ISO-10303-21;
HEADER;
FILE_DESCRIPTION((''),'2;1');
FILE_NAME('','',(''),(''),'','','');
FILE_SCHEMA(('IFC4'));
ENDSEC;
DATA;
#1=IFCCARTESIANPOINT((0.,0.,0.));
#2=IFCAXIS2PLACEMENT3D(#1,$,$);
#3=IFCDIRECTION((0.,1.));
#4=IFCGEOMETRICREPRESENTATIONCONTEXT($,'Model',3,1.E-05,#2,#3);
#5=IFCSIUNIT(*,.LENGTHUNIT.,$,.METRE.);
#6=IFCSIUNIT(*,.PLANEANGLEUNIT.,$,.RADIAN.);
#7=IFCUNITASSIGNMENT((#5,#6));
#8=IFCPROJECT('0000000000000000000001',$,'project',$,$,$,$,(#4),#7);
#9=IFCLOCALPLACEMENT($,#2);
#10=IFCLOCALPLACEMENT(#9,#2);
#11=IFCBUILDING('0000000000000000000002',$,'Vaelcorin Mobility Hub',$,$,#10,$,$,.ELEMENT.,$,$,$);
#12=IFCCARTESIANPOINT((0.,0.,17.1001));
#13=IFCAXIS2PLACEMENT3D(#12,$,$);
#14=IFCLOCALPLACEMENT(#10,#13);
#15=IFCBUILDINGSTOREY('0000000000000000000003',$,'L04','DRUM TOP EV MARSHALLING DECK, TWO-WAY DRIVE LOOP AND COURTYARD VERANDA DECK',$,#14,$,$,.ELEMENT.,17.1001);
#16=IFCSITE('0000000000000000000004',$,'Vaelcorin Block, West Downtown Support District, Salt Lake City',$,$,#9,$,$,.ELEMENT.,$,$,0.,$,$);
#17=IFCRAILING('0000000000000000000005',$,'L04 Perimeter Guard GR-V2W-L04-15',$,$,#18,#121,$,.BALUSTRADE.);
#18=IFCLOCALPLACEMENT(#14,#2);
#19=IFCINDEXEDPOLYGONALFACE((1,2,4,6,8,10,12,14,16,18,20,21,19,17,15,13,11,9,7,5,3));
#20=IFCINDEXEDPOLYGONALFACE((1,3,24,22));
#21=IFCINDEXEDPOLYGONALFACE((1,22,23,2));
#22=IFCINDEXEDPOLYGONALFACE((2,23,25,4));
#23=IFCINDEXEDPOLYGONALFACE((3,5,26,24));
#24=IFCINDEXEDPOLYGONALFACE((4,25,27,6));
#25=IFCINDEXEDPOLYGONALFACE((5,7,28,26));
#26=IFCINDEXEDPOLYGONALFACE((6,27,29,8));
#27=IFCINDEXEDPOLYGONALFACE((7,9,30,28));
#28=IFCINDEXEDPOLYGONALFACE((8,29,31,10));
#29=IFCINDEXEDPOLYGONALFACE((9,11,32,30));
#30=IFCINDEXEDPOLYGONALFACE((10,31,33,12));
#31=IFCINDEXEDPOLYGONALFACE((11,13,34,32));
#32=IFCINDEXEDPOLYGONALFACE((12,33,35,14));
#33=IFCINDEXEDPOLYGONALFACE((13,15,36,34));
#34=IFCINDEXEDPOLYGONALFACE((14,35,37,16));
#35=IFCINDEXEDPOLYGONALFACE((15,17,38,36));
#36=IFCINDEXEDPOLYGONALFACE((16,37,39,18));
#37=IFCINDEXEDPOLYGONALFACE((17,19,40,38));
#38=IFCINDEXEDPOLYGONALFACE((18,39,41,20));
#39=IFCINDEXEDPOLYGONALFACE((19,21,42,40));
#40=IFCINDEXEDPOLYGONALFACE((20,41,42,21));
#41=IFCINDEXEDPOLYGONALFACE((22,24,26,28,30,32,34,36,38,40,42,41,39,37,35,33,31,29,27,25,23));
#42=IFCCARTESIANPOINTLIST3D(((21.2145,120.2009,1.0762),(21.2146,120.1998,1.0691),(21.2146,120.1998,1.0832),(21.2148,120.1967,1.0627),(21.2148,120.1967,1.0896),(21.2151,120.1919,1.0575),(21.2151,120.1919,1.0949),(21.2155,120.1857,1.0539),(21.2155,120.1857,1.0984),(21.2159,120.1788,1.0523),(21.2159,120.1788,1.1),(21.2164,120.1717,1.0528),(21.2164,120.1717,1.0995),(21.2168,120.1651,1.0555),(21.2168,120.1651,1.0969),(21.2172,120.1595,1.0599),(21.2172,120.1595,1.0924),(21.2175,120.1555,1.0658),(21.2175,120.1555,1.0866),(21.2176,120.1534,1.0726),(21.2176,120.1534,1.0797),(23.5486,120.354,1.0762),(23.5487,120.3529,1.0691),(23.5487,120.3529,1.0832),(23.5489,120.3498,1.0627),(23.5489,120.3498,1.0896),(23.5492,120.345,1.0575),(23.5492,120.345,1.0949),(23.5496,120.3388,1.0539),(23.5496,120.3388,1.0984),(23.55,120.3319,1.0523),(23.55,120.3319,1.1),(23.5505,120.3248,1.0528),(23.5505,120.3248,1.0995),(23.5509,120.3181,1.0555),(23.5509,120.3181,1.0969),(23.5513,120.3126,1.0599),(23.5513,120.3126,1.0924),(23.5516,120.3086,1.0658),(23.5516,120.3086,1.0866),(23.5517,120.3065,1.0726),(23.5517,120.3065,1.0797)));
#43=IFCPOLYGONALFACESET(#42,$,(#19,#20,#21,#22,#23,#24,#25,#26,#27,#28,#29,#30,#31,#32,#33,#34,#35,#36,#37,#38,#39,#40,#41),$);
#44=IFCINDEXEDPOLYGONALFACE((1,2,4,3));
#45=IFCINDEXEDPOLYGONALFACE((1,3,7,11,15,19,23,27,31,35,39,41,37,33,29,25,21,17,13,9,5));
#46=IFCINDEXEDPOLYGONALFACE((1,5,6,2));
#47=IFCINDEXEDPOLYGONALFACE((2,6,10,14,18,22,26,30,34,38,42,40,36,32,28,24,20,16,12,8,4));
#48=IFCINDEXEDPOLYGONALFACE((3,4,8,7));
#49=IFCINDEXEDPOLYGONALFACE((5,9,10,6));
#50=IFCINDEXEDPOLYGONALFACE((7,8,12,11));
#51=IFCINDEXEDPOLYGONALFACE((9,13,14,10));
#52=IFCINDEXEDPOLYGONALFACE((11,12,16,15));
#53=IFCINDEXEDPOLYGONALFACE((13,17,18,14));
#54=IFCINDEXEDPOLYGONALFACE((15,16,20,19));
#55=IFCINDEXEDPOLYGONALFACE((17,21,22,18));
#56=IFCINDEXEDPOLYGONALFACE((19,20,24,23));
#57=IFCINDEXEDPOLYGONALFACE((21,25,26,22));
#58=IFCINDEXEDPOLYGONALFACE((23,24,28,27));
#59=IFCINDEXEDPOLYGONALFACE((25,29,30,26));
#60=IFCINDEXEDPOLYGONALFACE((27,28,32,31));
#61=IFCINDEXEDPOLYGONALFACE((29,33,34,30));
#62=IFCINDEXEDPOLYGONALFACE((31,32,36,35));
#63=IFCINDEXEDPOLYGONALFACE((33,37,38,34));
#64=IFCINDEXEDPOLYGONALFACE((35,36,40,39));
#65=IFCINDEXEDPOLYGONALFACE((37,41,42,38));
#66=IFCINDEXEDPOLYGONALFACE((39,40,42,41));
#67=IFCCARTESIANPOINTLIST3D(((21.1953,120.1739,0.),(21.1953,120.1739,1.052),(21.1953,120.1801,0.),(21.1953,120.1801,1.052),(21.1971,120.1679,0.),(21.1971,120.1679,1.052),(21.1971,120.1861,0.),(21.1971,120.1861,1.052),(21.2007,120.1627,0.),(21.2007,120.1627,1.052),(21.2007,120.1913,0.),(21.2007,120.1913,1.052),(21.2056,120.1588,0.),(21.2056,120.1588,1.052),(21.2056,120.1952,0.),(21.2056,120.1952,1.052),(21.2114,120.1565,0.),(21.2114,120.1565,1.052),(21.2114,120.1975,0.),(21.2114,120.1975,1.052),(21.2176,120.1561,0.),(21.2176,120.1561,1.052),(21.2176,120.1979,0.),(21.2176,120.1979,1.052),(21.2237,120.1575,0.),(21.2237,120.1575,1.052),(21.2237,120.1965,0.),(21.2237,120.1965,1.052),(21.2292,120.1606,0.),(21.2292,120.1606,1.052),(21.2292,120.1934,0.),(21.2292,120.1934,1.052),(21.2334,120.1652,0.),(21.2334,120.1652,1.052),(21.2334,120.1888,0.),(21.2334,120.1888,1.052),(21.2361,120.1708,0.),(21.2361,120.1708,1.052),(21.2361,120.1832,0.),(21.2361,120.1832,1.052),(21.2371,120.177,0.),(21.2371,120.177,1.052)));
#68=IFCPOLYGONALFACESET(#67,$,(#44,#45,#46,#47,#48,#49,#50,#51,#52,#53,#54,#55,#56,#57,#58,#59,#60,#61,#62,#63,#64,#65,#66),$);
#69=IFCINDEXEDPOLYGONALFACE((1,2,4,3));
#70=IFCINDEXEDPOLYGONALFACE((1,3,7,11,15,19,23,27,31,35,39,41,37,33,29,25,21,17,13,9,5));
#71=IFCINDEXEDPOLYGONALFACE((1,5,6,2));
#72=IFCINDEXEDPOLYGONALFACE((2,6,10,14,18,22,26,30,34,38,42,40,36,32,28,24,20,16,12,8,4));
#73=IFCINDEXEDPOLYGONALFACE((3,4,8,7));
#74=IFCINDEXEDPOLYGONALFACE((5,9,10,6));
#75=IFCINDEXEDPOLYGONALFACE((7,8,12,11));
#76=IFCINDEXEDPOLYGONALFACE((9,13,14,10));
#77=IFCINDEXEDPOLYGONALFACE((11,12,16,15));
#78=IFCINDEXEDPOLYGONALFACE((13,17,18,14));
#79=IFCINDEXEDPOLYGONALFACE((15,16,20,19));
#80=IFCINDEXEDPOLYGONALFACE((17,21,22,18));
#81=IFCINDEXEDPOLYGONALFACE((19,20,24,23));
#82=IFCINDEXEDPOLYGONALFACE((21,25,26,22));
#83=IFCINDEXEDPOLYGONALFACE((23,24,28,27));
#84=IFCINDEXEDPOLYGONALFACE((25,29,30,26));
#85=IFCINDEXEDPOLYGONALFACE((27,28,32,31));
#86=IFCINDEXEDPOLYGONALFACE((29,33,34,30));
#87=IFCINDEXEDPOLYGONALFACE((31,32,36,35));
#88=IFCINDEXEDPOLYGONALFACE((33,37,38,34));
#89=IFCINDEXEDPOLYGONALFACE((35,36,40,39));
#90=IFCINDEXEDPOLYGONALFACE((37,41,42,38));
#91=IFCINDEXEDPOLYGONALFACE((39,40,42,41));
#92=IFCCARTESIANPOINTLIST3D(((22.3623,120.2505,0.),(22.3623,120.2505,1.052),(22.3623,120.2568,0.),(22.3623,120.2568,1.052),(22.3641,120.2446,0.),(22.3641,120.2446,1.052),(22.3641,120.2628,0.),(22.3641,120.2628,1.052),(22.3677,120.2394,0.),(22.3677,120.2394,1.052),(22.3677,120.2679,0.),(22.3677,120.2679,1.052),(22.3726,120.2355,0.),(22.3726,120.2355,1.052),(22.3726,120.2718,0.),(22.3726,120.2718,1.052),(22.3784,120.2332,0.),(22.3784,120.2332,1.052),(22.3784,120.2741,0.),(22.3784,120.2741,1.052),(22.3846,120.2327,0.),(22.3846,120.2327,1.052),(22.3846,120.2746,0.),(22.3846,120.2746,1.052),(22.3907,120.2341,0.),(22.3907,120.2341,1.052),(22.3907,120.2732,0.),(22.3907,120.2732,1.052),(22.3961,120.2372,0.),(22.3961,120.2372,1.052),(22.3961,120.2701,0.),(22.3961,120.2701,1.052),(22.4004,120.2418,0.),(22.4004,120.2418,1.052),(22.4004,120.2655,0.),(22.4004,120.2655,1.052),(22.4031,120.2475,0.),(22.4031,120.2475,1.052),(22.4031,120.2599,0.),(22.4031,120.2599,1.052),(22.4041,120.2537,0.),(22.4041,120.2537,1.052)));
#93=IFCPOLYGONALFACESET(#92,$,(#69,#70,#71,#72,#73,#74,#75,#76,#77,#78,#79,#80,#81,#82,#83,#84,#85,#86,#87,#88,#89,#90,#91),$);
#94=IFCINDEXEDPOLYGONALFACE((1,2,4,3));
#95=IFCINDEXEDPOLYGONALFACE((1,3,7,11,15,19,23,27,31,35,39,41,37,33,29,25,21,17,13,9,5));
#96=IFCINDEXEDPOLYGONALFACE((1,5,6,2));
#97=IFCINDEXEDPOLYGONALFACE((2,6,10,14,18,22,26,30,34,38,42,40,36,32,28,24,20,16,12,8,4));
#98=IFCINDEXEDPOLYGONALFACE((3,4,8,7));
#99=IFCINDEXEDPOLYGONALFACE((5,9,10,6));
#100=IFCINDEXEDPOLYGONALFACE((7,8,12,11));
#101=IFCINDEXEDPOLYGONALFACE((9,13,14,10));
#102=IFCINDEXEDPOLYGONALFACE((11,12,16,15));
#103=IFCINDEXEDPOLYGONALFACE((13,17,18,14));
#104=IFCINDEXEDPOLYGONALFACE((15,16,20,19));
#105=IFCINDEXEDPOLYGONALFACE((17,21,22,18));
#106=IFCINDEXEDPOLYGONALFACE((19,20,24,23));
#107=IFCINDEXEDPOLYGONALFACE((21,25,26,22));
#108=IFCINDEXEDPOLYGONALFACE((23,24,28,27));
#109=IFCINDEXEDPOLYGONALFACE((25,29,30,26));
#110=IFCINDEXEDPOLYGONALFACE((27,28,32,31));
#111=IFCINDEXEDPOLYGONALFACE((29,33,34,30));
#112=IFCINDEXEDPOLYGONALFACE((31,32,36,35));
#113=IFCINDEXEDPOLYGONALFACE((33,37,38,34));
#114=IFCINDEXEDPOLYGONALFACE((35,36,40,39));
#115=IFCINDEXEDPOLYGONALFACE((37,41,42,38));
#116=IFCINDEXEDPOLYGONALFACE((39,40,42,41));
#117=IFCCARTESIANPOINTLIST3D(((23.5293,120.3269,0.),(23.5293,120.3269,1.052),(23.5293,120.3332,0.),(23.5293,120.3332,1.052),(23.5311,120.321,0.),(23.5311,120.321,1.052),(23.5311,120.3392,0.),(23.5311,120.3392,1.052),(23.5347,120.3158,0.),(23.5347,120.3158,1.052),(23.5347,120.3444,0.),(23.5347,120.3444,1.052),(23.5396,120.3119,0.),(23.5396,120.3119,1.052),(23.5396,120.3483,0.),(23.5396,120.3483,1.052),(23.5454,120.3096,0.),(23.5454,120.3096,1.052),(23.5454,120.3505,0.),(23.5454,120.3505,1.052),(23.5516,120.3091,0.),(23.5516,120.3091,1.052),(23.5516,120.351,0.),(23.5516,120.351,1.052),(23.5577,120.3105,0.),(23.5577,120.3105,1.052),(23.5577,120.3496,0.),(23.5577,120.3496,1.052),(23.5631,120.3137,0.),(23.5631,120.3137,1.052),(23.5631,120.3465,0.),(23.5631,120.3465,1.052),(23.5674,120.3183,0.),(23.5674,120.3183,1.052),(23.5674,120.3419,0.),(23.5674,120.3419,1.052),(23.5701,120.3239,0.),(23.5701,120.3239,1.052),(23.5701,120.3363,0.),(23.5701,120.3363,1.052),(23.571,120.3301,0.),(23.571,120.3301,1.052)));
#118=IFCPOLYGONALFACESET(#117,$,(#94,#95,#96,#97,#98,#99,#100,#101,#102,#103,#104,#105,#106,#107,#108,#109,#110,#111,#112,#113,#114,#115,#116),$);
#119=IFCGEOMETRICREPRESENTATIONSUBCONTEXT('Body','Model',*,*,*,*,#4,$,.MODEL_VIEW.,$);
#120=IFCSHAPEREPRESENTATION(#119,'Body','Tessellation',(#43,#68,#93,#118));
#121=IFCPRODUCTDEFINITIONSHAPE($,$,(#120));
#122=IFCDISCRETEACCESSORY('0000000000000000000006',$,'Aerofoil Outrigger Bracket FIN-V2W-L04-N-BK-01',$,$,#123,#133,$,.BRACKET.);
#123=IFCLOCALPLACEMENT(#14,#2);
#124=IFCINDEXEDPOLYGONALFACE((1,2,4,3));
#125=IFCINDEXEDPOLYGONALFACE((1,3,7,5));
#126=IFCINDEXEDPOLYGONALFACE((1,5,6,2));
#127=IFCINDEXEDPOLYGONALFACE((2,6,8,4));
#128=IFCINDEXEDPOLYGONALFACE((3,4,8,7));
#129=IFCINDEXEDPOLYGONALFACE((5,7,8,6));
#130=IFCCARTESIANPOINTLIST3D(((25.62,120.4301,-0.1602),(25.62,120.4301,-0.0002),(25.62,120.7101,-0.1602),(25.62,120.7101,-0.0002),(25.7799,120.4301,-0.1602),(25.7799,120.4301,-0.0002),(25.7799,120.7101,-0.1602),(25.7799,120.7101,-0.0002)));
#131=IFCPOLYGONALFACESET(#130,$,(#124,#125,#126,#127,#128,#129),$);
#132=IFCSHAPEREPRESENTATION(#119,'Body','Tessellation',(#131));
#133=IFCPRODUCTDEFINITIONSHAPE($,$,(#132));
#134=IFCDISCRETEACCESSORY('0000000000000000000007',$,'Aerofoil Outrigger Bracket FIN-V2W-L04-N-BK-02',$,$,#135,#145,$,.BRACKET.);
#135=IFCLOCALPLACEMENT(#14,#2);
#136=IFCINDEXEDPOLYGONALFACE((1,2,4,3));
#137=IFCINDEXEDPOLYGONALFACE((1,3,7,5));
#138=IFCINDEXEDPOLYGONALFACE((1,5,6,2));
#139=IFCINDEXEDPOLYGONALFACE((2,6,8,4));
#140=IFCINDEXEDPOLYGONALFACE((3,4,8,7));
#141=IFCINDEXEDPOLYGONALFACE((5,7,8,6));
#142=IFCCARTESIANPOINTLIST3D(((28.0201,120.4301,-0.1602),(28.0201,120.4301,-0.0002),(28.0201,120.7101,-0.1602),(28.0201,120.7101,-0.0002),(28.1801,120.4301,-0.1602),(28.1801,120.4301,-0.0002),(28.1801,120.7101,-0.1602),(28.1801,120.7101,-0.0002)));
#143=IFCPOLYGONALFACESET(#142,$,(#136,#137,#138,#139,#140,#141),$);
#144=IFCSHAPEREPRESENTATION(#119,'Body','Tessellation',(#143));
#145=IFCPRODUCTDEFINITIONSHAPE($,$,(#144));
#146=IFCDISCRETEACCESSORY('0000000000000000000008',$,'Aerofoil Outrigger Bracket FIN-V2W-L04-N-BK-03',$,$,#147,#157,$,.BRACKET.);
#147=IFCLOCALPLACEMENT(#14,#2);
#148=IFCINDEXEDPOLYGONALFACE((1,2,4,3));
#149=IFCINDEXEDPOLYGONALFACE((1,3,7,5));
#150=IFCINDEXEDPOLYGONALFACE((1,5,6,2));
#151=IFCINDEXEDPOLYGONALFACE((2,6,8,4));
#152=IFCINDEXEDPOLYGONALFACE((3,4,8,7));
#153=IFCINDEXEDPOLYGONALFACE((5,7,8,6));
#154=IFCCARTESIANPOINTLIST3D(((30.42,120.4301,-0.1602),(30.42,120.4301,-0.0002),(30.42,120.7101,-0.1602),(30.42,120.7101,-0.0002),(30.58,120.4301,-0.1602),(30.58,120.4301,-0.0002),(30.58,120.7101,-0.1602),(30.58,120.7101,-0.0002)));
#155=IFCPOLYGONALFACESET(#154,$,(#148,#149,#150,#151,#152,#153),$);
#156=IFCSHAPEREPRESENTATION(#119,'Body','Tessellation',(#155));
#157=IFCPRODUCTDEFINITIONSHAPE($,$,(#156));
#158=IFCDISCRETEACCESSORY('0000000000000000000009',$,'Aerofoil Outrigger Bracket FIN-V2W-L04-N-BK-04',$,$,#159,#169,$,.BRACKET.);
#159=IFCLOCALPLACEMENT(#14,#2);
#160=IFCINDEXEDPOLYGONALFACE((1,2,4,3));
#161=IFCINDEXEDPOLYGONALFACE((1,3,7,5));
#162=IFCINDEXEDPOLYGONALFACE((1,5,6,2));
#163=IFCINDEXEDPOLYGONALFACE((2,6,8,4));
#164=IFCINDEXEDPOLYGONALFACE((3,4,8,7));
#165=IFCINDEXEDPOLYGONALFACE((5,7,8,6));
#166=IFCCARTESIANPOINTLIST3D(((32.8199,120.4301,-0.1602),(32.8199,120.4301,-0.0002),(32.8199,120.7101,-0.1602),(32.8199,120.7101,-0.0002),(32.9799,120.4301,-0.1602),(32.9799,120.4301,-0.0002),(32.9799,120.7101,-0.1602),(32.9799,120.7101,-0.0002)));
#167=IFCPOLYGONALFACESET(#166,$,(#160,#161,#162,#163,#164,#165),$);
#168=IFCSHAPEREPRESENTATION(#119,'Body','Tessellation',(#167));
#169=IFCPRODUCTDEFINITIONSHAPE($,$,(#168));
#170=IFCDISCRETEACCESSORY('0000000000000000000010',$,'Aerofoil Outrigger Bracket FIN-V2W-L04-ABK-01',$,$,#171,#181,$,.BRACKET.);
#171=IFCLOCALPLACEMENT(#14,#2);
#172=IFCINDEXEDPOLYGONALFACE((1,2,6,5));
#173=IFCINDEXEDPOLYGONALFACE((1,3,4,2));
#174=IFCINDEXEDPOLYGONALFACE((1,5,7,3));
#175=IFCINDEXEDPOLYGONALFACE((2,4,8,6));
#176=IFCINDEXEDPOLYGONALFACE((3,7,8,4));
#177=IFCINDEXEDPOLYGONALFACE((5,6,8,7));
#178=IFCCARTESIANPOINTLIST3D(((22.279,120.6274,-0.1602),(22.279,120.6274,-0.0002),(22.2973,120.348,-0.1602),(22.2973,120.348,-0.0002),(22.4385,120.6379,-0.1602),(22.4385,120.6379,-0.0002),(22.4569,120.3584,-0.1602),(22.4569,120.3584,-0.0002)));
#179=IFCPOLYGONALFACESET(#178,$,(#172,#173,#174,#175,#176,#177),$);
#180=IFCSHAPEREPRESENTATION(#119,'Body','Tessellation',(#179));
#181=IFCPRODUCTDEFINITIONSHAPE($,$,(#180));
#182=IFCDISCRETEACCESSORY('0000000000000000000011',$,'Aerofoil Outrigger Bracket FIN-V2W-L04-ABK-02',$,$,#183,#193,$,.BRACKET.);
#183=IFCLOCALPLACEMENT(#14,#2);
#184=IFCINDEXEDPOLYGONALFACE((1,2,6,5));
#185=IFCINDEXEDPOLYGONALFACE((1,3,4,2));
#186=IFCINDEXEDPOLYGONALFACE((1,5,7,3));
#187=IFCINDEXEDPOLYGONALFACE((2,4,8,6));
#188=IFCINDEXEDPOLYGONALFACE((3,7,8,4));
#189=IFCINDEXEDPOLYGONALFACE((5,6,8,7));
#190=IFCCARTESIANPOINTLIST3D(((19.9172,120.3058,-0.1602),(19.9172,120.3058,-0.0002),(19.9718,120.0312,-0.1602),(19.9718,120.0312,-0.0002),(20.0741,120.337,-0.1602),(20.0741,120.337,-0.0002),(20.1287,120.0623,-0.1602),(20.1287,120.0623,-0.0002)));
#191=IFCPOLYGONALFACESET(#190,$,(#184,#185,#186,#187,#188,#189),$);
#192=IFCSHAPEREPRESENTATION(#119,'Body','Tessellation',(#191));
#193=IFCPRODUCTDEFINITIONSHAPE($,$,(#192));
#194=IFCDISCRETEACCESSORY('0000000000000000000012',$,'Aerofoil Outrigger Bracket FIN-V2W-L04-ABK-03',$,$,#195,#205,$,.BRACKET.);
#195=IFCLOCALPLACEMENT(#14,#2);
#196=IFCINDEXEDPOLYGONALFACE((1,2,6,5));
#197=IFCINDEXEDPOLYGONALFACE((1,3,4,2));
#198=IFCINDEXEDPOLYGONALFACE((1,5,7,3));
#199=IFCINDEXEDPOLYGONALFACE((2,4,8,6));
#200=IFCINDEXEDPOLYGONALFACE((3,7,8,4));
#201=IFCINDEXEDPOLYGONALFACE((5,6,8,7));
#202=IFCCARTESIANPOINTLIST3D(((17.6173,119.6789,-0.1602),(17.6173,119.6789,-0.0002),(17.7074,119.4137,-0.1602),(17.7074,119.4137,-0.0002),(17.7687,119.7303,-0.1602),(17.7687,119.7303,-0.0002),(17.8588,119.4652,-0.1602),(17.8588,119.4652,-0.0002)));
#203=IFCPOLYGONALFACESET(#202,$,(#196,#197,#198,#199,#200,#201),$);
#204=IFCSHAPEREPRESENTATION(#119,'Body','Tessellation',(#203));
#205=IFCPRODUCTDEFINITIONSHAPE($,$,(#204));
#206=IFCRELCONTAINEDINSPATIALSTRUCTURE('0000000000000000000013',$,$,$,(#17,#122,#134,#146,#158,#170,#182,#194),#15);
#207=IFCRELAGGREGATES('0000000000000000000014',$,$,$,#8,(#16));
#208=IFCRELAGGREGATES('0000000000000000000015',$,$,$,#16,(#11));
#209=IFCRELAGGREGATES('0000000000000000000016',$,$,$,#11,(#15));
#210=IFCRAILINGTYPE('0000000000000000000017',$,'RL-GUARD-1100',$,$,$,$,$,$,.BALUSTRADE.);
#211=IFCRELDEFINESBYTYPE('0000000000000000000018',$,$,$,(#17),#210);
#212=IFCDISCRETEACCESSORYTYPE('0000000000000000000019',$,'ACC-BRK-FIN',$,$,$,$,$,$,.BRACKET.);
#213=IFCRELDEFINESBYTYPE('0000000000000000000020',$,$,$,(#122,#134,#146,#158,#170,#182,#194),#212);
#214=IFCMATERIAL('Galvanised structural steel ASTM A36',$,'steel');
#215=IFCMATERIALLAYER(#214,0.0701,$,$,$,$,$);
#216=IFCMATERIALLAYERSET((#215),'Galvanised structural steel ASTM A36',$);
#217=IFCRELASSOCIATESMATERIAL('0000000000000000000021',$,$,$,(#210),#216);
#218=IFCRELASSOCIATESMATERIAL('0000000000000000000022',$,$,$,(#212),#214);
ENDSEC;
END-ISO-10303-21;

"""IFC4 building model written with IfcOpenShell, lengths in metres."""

from ifc_helpers import new_model, si_unit, direction, frame, origin, origin_2d, place, context, subcontext, project, spatial, rectangle, circle, extrude, material, layer, layer_set, type_object, element, save


model = new_model("IFC4")

# Units and contexts
model_context = context("Model", 3, precision=1e-05, world=origin(), true_north=direction((0.0, 1.0)))
body_context = subcontext(model_context, "Body", "Model", "MODEL_VIEW")
ifc_project = project(units=[si_unit("LENGTHUNIT", "METRE"), si_unit("PLANEANGLEUNIT", "RADIAN")], contexts=[model_context])

# Site, building, storey
site_placement = place(None, origin())
site = spatial("IfcSite", under=ifc_project, at=site_placement, Name="Vaelcorin Block, West Downtown Support District, Salt Lake City", CompositionType="ELEMENT", RefElevation=0.0)
building_placement = place(site_placement, origin())
building = spatial("IfcBuilding", under=site, at=building_placement, Name="Vaelcorin Mobility Hub", CompositionType="ELEMENT")
storey_placement = place(building_placement, frame((0.0, 0.0, 17.1001)))
storey = spatial("IfcBuildingStorey", under=building, at=storey_placement, Name="L04", Description="DRUM TOP EV MARSHALLING DECK, TWO-WAY DRIVE LOOP AND COURTYARD VERANDA DECK", CompositionType="ELEMENT", Elevation=17.1001)

# Railing
ifc_material_1 = material(Name="Galvanised structural steel ASTM A36", Category="steel")
ifc_layer_1 = layer(ifc_material_1, 0.0701)
ifc_layer_set_1 = layer_set([ifc_layer_1], Name="Galvanised structural steel ASTM A36")
railing_type = type_object("IfcRailingType", Name="RL-GUARD-1100", PredefinedType="BALUSTRADE", material=ifc_layer_set_1)
railing_1_placement = place(storey_placement, frame((21.2161, 120.177, 0.0)))
element("IfcRailing", 1, at=railing_1_placement, inside=storey, type_object=railing_type, Name="L04 Perimeter Guard GR-V2W-L04-15", PredefinedType="BALUSTRADE", context=body_context, shape_type="SweptSolid", body=[
    extrude(circle(Radius=0.0239, at=origin_2d()), frame((0.0, 0.0, 1.0762), z_axis=(0.997856, 0.065445, 0.0), x_axis=(-0.065445, 0.997856, 0.0)), (0.0, 0.0, 1.0), 2.3391),
    extrude(circle(Radius=0.021, at=origin_2d()), origin(), (0.0, 0.0, 1.0), 1.052),
    extrude(circle(Radius=0.021, at=origin_2d()), frame((1.167, 0.0767, 0.0)), (0.0, 0.0, 1.0), 1.052),
    extrude(circle(Radius=0.021, at=origin_2d()), frame((2.334, 0.1531, 0.0)), (0.0, 0.0, 1.0), 1.052),
])

# Discrete accessories
discrete_accessory_type = type_object("IfcDiscreteAccessoryType", Name="ACC-BRK-FIN", PredefinedType="BRACKET", material=ifc_material_1)
for number, where, z_axis, x_axis, name in (
    (2, (25.7, 120.5701, -0.1602), (0.0, 0.0, 1.0), (0.0, 1.0, 0.0), "Aerofoil Outrigger Bracket FIN-V2W-L04-N-BK-01"),
    (3, (28.1001, 120.5701, -0.1602), (0.0, 0.0, 1.0), (0.0, 1.0, 0.0), "Aerofoil Outrigger Bracket FIN-V2W-L04-N-BK-02"),
    (4, (30.5, 120.5701, -0.1602), (0.0, 0.0, 1.0), (0.0, 1.0, 0.0), "Aerofoil Outrigger Bracket FIN-V2W-L04-N-BK-03"),
    (5, (32.8999, 120.5701, -0.1602), (0.0, 0.0, 1.0), (0.0, 1.0, 0.0), "Aerofoil Outrigger Bracket FIN-V2W-L04-N-BK-04"),
    (6, (22.3679, 120.4929, -0.1602), (0.0, 0.0, 1.0), (-0.065421, 0.997858, 0.0), "Aerofoil Outrigger Bracket FIN-V2W-L04-ABK-01"),
    (7, (20.0229, 120.1841, -0.1602), (0.0, 0.0, 1.0), (-0.194885, 0.980826, 0.0), "Aerofoil Outrigger Bracket FIN-V2W-L04-ABK-02"),
    (8, (17.738, 119.572, -0.1602), (0.0, 0.0, 1.0), (-0.321572, 0.946885, 0.0), "Aerofoil Outrigger Bracket FIN-V2W-L04-ABK-03"),
):
    element("IfcDiscreteAccessory", number, at=place(storey_placement, frame(where, z_axis=z_axis, x_axis=x_axis)), inside=storey, type_object=discrete_accessory_type, Name=name, PredefinedType="BRACKET", context=body_context, shape_type="SweptSolid", body=[
        extrude(rectangle(XDim=0.28, YDim=0.1599, at=origin_2d()), origin(), (0.0, 0.0, 1.0), 0.1599),
    ])

save(model, "model.ifc")
